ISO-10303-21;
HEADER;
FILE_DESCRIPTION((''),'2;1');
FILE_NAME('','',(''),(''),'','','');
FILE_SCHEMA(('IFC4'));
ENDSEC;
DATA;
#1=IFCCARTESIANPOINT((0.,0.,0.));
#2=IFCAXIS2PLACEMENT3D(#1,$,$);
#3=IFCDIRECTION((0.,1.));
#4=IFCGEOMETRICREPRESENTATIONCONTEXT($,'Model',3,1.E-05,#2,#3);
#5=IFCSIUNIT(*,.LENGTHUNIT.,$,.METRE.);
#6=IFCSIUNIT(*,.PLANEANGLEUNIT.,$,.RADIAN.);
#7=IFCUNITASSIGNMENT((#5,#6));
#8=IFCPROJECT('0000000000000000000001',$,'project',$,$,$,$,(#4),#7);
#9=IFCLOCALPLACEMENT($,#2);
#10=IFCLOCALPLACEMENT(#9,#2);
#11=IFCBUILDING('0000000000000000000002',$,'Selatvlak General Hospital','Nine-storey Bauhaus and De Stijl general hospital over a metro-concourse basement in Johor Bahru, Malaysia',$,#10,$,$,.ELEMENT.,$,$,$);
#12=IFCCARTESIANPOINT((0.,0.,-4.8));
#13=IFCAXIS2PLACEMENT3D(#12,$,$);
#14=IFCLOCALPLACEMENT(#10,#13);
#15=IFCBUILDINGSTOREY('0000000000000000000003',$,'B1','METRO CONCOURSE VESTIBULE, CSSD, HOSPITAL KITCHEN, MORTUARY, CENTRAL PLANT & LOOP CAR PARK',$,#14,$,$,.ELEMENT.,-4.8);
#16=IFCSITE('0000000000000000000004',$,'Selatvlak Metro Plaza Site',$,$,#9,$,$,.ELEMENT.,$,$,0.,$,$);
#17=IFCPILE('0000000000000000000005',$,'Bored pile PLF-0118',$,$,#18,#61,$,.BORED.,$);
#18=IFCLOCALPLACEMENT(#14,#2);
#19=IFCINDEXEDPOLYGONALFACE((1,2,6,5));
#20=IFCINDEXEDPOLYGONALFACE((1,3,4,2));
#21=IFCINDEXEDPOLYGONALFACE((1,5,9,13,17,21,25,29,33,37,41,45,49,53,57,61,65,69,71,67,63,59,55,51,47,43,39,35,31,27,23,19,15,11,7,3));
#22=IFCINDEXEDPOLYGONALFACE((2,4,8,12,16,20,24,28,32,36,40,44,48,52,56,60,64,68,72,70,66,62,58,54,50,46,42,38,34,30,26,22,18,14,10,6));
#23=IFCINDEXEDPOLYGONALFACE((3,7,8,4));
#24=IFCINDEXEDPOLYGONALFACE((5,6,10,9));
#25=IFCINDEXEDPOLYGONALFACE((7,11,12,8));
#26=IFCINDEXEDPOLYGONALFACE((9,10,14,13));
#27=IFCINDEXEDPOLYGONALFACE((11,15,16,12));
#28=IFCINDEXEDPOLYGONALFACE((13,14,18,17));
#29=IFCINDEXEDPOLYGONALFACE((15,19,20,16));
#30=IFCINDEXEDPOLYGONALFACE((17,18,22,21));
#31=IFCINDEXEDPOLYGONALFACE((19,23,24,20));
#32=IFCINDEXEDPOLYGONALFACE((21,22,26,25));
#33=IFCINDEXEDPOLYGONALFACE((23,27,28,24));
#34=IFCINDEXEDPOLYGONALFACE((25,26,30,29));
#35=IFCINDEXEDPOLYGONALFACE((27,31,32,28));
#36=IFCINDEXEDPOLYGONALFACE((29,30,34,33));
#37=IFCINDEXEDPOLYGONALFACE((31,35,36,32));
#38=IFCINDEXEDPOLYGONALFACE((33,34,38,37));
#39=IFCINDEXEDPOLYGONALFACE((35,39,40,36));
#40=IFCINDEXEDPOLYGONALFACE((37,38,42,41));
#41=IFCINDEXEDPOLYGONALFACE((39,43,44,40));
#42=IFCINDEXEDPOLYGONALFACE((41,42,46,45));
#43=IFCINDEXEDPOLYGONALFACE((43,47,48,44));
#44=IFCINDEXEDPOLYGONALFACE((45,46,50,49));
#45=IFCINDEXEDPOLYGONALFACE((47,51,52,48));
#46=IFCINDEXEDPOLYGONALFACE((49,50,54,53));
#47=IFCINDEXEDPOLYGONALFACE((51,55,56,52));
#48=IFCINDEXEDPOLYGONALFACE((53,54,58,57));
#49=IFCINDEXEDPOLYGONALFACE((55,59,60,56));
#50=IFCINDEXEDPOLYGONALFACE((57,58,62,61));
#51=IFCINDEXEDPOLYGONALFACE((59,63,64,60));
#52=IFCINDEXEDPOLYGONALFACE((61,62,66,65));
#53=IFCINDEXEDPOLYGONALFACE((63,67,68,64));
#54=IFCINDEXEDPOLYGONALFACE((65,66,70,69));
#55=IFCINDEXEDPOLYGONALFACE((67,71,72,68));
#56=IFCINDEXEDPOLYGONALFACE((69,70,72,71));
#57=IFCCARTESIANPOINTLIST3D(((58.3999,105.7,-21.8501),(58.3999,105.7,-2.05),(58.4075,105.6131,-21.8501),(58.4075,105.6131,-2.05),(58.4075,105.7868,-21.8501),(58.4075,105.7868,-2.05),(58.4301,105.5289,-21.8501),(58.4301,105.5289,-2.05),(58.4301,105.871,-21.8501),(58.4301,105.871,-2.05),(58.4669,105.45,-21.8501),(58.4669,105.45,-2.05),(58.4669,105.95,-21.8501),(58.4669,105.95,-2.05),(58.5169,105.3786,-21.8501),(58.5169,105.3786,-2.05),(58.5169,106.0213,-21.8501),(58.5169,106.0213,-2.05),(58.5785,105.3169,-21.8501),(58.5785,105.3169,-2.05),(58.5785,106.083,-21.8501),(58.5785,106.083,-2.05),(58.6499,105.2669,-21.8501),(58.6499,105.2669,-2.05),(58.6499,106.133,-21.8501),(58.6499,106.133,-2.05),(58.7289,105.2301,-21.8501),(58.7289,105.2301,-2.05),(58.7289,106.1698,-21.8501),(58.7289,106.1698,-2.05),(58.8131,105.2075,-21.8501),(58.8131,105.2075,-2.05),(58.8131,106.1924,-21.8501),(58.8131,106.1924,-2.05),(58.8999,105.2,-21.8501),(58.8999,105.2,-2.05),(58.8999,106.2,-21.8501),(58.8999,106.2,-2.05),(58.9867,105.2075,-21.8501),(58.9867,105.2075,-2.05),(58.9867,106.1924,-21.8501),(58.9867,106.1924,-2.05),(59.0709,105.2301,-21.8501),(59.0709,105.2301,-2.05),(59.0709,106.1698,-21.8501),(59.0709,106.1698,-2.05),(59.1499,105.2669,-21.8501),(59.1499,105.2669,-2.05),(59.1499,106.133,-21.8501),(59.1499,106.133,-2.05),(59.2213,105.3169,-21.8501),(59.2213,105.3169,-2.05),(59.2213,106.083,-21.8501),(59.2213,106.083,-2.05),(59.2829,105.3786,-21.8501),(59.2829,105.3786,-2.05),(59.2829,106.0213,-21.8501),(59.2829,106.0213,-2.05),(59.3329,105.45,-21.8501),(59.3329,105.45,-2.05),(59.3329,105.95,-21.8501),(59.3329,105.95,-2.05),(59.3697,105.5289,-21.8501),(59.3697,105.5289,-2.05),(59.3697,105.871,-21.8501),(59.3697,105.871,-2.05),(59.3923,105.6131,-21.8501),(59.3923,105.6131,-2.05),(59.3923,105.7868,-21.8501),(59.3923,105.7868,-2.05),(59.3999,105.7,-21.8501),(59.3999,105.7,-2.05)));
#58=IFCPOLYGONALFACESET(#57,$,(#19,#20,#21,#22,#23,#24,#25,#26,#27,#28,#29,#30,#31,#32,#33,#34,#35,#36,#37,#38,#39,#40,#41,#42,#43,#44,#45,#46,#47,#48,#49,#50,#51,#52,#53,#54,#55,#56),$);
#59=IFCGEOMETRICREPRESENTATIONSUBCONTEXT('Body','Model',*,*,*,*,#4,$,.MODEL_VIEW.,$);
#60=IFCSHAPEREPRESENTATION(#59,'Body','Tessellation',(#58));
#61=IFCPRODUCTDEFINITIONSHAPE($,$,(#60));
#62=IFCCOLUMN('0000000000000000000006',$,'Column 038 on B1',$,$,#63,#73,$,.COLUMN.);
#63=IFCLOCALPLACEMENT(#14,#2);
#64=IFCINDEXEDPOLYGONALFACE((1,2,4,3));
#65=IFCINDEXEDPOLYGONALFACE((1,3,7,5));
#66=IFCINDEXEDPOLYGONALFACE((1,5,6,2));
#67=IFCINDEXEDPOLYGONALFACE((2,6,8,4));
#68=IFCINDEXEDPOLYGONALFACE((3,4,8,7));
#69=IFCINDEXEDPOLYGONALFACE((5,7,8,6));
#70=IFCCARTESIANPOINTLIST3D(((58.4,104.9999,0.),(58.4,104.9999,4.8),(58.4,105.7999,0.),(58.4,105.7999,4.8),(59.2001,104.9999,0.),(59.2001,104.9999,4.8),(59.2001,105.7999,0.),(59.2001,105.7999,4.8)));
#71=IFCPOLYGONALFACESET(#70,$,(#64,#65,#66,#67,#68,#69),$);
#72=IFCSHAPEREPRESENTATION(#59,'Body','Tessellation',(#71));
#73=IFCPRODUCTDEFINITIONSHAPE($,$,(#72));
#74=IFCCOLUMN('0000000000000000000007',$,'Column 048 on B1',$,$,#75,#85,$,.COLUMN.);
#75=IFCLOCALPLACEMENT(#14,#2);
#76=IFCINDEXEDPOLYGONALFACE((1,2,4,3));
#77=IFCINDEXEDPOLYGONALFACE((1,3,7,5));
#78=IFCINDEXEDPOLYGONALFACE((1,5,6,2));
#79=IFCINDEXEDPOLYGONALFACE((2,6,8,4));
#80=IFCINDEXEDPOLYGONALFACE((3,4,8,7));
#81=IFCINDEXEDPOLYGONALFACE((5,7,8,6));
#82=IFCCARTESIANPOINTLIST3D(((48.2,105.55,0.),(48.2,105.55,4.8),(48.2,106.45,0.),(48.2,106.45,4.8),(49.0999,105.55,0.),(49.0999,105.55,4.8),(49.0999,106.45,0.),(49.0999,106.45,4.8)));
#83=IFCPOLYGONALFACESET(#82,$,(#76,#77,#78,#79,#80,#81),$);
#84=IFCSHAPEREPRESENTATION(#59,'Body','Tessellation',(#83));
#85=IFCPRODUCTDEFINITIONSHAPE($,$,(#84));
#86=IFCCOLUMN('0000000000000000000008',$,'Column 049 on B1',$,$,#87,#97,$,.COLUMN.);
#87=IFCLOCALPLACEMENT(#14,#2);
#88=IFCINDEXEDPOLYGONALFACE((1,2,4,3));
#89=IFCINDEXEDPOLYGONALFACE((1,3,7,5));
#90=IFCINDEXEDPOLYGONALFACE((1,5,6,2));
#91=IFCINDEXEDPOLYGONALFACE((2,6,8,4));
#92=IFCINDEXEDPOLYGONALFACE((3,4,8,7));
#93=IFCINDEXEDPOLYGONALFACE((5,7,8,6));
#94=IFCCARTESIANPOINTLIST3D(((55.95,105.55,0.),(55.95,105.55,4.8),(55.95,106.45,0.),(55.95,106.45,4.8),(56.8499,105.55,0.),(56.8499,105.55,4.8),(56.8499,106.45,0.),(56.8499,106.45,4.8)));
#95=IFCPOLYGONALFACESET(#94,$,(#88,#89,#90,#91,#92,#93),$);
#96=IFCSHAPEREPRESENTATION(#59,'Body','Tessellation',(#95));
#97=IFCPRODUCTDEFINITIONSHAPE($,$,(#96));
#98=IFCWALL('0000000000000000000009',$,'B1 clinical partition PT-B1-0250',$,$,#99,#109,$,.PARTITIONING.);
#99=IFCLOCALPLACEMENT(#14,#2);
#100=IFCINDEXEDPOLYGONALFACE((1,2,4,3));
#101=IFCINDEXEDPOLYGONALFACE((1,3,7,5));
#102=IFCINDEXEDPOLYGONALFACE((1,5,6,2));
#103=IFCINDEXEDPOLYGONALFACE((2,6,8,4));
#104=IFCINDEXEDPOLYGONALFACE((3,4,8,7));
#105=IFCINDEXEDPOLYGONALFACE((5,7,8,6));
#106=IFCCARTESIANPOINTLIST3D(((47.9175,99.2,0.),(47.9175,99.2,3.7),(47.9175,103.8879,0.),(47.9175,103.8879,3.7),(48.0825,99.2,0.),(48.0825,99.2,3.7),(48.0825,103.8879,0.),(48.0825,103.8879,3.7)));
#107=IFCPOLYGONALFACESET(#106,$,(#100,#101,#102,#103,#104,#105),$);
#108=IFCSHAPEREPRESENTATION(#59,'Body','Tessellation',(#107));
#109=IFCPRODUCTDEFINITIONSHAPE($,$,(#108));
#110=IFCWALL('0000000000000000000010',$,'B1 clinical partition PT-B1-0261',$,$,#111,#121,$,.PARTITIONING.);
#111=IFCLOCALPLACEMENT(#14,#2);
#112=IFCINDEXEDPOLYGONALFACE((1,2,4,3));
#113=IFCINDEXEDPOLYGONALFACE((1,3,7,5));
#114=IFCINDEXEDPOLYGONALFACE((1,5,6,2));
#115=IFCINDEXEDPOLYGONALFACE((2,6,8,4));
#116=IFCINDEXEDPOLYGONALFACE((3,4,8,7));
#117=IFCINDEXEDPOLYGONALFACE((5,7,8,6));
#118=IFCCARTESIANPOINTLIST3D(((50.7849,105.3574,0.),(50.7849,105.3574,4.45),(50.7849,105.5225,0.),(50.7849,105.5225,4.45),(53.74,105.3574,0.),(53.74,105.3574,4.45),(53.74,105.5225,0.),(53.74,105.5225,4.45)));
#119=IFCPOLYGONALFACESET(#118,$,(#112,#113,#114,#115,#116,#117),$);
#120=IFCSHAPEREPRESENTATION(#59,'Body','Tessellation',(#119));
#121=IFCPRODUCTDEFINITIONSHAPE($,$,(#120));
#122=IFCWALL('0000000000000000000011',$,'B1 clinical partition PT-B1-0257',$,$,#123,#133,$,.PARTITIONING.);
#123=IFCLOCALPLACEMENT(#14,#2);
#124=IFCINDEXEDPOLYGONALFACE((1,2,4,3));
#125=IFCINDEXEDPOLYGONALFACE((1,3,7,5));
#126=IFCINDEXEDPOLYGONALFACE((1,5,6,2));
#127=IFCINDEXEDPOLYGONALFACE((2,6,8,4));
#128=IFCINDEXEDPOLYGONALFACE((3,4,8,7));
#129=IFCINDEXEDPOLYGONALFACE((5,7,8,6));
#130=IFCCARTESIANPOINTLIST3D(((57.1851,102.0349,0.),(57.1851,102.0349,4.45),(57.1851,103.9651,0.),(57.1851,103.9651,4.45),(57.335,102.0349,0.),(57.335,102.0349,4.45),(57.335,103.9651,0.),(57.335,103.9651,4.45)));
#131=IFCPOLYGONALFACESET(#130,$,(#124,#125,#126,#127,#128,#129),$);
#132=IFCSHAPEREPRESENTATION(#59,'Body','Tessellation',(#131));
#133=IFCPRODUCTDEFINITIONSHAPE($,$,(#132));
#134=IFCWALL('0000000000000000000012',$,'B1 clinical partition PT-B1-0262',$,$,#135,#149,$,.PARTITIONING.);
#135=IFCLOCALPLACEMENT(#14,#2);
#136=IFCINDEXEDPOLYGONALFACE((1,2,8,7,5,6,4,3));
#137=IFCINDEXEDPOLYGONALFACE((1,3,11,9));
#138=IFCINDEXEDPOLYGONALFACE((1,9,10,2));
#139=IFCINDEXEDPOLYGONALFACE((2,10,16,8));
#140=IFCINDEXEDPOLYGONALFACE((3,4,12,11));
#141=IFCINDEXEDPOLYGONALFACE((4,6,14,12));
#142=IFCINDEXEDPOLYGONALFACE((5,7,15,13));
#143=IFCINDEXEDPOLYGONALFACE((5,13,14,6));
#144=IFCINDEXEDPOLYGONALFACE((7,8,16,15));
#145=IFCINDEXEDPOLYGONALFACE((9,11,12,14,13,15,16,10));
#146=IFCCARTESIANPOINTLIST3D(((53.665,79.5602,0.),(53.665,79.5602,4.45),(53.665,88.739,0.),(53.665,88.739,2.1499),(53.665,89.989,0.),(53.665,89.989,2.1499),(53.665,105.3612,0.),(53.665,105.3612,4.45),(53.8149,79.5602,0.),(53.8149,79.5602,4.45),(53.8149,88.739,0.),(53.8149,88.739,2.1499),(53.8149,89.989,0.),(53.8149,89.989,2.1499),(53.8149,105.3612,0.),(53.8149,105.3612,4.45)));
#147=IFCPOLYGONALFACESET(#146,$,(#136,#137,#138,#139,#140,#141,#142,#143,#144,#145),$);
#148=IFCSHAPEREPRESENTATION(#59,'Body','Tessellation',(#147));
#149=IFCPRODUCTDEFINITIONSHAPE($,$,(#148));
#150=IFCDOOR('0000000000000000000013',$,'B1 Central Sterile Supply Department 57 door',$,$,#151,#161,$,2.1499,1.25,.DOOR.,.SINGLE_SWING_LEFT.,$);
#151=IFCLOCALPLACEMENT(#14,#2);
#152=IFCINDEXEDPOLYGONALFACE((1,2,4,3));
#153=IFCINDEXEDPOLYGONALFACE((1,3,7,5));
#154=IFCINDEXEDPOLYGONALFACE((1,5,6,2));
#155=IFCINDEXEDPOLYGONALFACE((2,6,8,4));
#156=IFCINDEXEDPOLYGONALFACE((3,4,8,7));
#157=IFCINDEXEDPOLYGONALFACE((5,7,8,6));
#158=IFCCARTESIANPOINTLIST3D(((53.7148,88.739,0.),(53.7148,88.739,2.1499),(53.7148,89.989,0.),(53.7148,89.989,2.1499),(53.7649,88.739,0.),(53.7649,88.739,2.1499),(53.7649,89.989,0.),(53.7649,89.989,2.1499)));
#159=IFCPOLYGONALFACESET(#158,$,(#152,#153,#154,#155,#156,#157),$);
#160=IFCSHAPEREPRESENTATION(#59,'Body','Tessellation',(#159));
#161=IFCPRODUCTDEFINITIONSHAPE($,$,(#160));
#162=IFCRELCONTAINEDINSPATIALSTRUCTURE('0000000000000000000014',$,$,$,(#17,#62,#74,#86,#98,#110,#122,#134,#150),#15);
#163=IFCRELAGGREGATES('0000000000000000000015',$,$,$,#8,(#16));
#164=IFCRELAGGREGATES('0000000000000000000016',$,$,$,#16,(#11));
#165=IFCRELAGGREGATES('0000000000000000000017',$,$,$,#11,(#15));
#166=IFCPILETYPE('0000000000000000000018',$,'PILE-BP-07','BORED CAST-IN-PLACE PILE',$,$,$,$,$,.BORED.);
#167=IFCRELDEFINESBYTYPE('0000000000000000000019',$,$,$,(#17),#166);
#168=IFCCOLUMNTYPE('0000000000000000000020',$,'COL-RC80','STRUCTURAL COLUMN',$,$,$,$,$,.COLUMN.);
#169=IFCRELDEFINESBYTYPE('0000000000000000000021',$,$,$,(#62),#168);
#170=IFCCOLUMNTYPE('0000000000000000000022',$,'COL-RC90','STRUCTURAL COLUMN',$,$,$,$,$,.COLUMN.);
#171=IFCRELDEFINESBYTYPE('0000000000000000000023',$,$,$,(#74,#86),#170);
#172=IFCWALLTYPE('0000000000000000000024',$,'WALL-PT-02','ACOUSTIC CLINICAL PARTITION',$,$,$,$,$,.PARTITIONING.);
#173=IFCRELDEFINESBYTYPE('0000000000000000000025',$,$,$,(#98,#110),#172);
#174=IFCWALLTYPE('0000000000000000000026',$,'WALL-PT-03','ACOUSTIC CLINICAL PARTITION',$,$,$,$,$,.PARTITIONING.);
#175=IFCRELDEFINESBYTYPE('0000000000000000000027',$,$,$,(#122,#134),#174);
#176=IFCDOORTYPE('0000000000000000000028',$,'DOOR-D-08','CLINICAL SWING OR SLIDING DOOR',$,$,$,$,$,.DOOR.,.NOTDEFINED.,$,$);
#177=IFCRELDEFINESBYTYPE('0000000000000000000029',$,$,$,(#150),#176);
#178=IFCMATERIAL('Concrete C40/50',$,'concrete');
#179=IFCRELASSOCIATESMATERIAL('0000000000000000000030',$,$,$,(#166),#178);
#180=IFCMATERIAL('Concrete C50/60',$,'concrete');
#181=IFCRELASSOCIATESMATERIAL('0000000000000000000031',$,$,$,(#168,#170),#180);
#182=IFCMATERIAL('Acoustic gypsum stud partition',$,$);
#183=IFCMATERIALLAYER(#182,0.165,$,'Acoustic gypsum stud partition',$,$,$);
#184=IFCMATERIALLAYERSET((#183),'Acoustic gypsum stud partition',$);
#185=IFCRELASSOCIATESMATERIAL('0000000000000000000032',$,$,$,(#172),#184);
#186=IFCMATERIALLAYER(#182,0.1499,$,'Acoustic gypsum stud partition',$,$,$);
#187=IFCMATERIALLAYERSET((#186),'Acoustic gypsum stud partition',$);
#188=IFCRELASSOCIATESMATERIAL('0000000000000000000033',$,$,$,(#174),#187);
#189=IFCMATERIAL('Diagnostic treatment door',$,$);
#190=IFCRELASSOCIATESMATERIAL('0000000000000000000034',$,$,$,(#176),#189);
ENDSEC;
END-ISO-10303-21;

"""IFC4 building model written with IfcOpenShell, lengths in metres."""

from ifc_helpers import new_model, si_unit, direction, frame, frame_2d, origin, origin_2d, place, context, subcontext, project, spatial, rectangle, circle, extrude, material, layer, layer_set, material_profile, profile_set, type_object, element, fill, save


model = new_model("IFC4")

# Units and contexts
model_context = context("Model", 3, precision=1e-05, world=origin(), true_north=direction((0.0, 1.0)))
body_context = subcontext(model_context, "Body", "Model", "MODEL_VIEW")
ifc_project = project(units=[si_unit("LENGTHUNIT", "METRE"), si_unit("PLANEANGLEUNIT", "RADIAN")], contexts=[model_context])

# Site, building, storey
site_placement = place(None, origin())
site = spatial("IfcSite", under=ifc_project, at=site_placement, Name="Selatvlak Metro Plaza Site", CompositionType="ELEMENT", RefElevation=0.0)
building_placement = place(site_placement, origin())
building = spatial("IfcBuilding", under=site, at=building_placement, Name="Selatvlak General Hospital", Description="Nine-storey Bauhaus and De Stijl general hospital over a metro-concourse basement in Johor Bahru, Malaysia", CompositionType="ELEMENT")
storey_placement = place(building_placement, frame((0.0, 0.0, -4.8)))
storey = spatial("IfcBuildingStorey", under=building, at=storey_placement, Name="B1", Description="METRO CONCOURSE VESTIBULE, CSSD, HOSPITAL KITCHEN, MORTUARY, CENTRAL PLANT & LOOP CAR PARK", CompositionType="ELEMENT", Elevation=-4.8)

# Shared definitions
ifc_material_1 = material(Name="Concrete C40/50", Category="concrete")

# Pile
ifc_material_profile_1 = material_profile(ifc_material_1, circle(Radius=0.5, at=origin_2d()), Name="BORED PILE 1000")
ifc_profile_set_1 = profile_set([ifc_material_profile_1], Name="Concrete C40/50")
pile_type = type_object("IfcPileType", Name="PILE-BP-07", Description="BORED CAST-IN-PLACE PILE", PredefinedType="BORED", material=ifc_profile_set_1)
for number, where, z_axis, x_axis, name in (
    (1, (58.8999, 105.7, -2.05), (0.0, 0.0, -1.0), (1.0, 0.0, 0.0), "Bored pile PLF-0118"),
):
    element("IfcPile", number, at=place(storey_placement, frame(where, z_axis=z_axis, x_axis=x_axis)), inside=storey, type_object=pile_type, Name=name, PredefinedType="BORED", context=body_context, shape_type="SweptSolid", body=[
        extrude(circle(Radius=0.5, at=origin_2d()), origin(), (0.0, 0.0, 1.0), 19.8),
    ])

# Columns
ifc_material_2 = material(Name="Concrete C50/60", Category="concrete")
ifc_material_profile_2 = material_profile(ifc_material_2, rectangle(XDim=0.8, YDim=0.8, at=origin_2d()), Name="RC-COL 800x800")
ifc_profile_set_2 = profile_set([ifc_material_profile_2], Name="Concrete C50/60")
column_type_1 = type_object("IfcColumnType", Name="COL-RC80", Description="STRUCTURAL COLUMN", PredefinedType="COLUMN", material=ifc_profile_set_2)
column_placement = place(storey_placement, frame((58.8, 105.3999, 0.0), z_axis=(0.0, 0.0, 1.0), x_axis=(1.0, 0.0, 0.0)))
element("IfcColumn", 2, at=column_placement, inside=storey, type_object=column_type_1, Name="Column 038 on B1", PredefinedType="COLUMN", context=body_context, shape_type="SweptSolid", body=[
    extrude(rectangle(XDim=0.8, YDim=0.8, at=origin_2d()), origin(), (0.0, 0.0, 1.0), 4.8),
])
ifc_material_profile_3 = material_profile(ifc_material_2, rectangle(XDim=0.8999, YDim=0.8999, at=origin_2d()), Name="RC-COL 900x900")
ifc_profile_set_3 = profile_set([ifc_material_profile_3], Name="Concrete C50/60")
column_type_2 = type_object("IfcColumnType", Name="COL-RC90", Description="STRUCTURAL COLUMN", PredefinedType="COLUMN", material=ifc_profile_set_3)
for number, where, z_axis, x_axis, name in (
    (3, (48.6499, 106.0, 0.0), (0.0, 0.0, 1.0), (1.0, 0.0, 0.0), "Column 048 on B1"),
    (4, (56.3999, 106.0, 0.0), (0.0, 0.0, 1.0), (1.0, 0.0, 0.0), "Column 049 on B1"),
):
    element("IfcColumn", number, at=place(storey_placement, frame(where, z_axis=z_axis, x_axis=x_axis)), inside=storey, type_object=column_type_2, Name=name, PredefinedType="COLUMN", context=body_context, shape_type="SweptSolid", body=[
        extrude(rectangle(XDim=0.8999, YDim=0.8999, at=origin_2d()), origin(), (0.0, 0.0, 1.0), 4.8),
    ])

# Walls
ifc_material_3 = material(Name="Acoustic gypsum stud partition")
ifc_layer_1 = layer(ifc_material_3, 0.165, Name="Acoustic gypsum stud partition")
ifc_layer_set_1 = layer_set([ifc_layer_1], Name="Acoustic gypsum stud partition")
wall_type_1 = type_object("IfcWallType", Name="WALL-PT-02", Description="ACOUSTIC CLINICAL PARTITION", PredefinedType="PARTITIONING", material=ifc_layer_set_1)
wall_1_placement = place(storey_placement, frame((48.0, 103.8879, 0.0), z_axis=(0.0, 0.0, 1.0), x_axis=(0.0, -1.0, 0.0)))
element("IfcWall", 5, at=wall_1_placement, inside=storey, type_object=wall_type_1, Name="B1 clinical partition PT-B1-0250", PredefinedType="PARTITIONING", context=body_context, shape_type="SweptSolid", body=[
    extrude(rectangle(XDim=4.688, YDim=0.165, at=frame_2d((2.344, 0.0))), origin(), (0.0, 0.0, 1.0), 3.7),
])
wall_2_placement = place(storey_placement, frame((50.7849, 105.4399, 0.0), z_axis=(0.0, 0.0, 1.0), x_axis=(1.0, 0.0, 0.0)))
element("IfcWall", 6, at=wall_2_placement, inside=storey, type_object=wall_type_1, Name="B1 clinical partition PT-B1-0261", PredefinedType="PARTITIONING", context=body_context, shape_type="SweptSolid", body=[
    extrude(rectangle(XDim=2.9551, YDim=0.165, at=frame_2d((1.4775, 0.0))), origin(), (0.0, 0.0, 1.0), 4.45),
])
ifc_layer_2 = layer(ifc_material_3, 0.1499, Name="Acoustic gypsum stud partition")
ifc_layer_set_2 = layer_set([ifc_layer_2], Name="Acoustic gypsum stud partition")
wall_type_2 = type_object("IfcWallType", Name="WALL-PT-03", Description="ACOUSTIC CLINICAL PARTITION", PredefinedType="PARTITIONING", material=ifc_layer_set_2)
wall_3_placement = place(storey_placement, frame((57.26, 102.0349, 0.0), z_axis=(0.0, 0.0, 1.0), x_axis=(0.0, 1.0, 0.0)))
element("IfcWall", 7, at=wall_3_placement, inside=storey, type_object=wall_type_2, Name="B1 clinical partition PT-B1-0257", PredefinedType="PARTITIONING", context=body_context, shape_type="SweptSolid", body=[
    extrude(rectangle(XDim=1.9302, YDim=0.1499, at=frame_2d((0.9651, 0.0))), origin(), (0.0, 0.0, 1.0), 4.45),
])

# Wall, opening, door
wall_4_placement = place(storey_placement, frame((53.74, 105.3611, 0.0), z_axis=(0.0, 0.0, 1.0), x_axis=(0.0, -1.0, 0.0)))
wall_4 = element("IfcWall", 8, at=wall_4_placement, inside=storey, type_object=wall_type_2, Name="B1 clinical partition PT-B1-0262", PredefinedType="PARTITIONING", context=body_context, shape_type="SweptSolid", body=[
    extrude(rectangle(XDim=25.801, YDim=0.1499, at=frame_2d((12.9004, 0.0))), origin(), (0.0, 0.0, 1.0), 4.45),
])
opening_1_placement = place(wall_4_placement, frame((15.3721, 0.0, 0.0)))
opening_1 = element("IfcOpeningElement", 9, at=opening_1_placement, cuts=wall_4, PredefinedType="OPENING", context=body_context, shape_type="SweptSolid", body=[
    extrude(rectangle(XDim=1.25, YDim=2.1499, at=frame_2d((0.625, 1.075))), frame((0.0, 0.085, 0.0), z_axis=(0.0, -1.0, 0.0), x_axis=(1.0, 0.0, 0.0)), (0.0, 0.0, 1.0), 0.1699),
])
ifc_material_4 = material(Name="Diagnostic treatment door")
door_type_1 = type_object("IfcDoorType", Name="DOOR-D-08", Description="CLINICAL SWING OR SLIDING DOOR", OperationType="NOTDEFINED", PredefinedType="DOOR", material=ifc_material_4)
door_1_placement = place(opening_1_placement, origin())
door_1 = element("IfcDoor", 10, at=door_1_placement, inside=storey, type_object=door_type_1, Name="B1 Central Sterile Supply Department 57 door", OperationType="SINGLE_SWING_LEFT", OverallHeight=2.1499, OverallWidth=1.25, PredefinedType="DOOR", context=body_context, shape_type="SweptSolid", body=[
    extrude(rectangle(XDim=1.25, YDim=2.1499, at=frame_2d((0.625, 1.075))), frame((0.0, 0.0249, 0.0), z_axis=(0.0, -1.0, 0.0), x_axis=(1.0, 0.0, 0.0)), (0.0, 0.0, 1.0), 0.05),
])
fill(opening_1, door_1)

save(model, "model.ifc")
